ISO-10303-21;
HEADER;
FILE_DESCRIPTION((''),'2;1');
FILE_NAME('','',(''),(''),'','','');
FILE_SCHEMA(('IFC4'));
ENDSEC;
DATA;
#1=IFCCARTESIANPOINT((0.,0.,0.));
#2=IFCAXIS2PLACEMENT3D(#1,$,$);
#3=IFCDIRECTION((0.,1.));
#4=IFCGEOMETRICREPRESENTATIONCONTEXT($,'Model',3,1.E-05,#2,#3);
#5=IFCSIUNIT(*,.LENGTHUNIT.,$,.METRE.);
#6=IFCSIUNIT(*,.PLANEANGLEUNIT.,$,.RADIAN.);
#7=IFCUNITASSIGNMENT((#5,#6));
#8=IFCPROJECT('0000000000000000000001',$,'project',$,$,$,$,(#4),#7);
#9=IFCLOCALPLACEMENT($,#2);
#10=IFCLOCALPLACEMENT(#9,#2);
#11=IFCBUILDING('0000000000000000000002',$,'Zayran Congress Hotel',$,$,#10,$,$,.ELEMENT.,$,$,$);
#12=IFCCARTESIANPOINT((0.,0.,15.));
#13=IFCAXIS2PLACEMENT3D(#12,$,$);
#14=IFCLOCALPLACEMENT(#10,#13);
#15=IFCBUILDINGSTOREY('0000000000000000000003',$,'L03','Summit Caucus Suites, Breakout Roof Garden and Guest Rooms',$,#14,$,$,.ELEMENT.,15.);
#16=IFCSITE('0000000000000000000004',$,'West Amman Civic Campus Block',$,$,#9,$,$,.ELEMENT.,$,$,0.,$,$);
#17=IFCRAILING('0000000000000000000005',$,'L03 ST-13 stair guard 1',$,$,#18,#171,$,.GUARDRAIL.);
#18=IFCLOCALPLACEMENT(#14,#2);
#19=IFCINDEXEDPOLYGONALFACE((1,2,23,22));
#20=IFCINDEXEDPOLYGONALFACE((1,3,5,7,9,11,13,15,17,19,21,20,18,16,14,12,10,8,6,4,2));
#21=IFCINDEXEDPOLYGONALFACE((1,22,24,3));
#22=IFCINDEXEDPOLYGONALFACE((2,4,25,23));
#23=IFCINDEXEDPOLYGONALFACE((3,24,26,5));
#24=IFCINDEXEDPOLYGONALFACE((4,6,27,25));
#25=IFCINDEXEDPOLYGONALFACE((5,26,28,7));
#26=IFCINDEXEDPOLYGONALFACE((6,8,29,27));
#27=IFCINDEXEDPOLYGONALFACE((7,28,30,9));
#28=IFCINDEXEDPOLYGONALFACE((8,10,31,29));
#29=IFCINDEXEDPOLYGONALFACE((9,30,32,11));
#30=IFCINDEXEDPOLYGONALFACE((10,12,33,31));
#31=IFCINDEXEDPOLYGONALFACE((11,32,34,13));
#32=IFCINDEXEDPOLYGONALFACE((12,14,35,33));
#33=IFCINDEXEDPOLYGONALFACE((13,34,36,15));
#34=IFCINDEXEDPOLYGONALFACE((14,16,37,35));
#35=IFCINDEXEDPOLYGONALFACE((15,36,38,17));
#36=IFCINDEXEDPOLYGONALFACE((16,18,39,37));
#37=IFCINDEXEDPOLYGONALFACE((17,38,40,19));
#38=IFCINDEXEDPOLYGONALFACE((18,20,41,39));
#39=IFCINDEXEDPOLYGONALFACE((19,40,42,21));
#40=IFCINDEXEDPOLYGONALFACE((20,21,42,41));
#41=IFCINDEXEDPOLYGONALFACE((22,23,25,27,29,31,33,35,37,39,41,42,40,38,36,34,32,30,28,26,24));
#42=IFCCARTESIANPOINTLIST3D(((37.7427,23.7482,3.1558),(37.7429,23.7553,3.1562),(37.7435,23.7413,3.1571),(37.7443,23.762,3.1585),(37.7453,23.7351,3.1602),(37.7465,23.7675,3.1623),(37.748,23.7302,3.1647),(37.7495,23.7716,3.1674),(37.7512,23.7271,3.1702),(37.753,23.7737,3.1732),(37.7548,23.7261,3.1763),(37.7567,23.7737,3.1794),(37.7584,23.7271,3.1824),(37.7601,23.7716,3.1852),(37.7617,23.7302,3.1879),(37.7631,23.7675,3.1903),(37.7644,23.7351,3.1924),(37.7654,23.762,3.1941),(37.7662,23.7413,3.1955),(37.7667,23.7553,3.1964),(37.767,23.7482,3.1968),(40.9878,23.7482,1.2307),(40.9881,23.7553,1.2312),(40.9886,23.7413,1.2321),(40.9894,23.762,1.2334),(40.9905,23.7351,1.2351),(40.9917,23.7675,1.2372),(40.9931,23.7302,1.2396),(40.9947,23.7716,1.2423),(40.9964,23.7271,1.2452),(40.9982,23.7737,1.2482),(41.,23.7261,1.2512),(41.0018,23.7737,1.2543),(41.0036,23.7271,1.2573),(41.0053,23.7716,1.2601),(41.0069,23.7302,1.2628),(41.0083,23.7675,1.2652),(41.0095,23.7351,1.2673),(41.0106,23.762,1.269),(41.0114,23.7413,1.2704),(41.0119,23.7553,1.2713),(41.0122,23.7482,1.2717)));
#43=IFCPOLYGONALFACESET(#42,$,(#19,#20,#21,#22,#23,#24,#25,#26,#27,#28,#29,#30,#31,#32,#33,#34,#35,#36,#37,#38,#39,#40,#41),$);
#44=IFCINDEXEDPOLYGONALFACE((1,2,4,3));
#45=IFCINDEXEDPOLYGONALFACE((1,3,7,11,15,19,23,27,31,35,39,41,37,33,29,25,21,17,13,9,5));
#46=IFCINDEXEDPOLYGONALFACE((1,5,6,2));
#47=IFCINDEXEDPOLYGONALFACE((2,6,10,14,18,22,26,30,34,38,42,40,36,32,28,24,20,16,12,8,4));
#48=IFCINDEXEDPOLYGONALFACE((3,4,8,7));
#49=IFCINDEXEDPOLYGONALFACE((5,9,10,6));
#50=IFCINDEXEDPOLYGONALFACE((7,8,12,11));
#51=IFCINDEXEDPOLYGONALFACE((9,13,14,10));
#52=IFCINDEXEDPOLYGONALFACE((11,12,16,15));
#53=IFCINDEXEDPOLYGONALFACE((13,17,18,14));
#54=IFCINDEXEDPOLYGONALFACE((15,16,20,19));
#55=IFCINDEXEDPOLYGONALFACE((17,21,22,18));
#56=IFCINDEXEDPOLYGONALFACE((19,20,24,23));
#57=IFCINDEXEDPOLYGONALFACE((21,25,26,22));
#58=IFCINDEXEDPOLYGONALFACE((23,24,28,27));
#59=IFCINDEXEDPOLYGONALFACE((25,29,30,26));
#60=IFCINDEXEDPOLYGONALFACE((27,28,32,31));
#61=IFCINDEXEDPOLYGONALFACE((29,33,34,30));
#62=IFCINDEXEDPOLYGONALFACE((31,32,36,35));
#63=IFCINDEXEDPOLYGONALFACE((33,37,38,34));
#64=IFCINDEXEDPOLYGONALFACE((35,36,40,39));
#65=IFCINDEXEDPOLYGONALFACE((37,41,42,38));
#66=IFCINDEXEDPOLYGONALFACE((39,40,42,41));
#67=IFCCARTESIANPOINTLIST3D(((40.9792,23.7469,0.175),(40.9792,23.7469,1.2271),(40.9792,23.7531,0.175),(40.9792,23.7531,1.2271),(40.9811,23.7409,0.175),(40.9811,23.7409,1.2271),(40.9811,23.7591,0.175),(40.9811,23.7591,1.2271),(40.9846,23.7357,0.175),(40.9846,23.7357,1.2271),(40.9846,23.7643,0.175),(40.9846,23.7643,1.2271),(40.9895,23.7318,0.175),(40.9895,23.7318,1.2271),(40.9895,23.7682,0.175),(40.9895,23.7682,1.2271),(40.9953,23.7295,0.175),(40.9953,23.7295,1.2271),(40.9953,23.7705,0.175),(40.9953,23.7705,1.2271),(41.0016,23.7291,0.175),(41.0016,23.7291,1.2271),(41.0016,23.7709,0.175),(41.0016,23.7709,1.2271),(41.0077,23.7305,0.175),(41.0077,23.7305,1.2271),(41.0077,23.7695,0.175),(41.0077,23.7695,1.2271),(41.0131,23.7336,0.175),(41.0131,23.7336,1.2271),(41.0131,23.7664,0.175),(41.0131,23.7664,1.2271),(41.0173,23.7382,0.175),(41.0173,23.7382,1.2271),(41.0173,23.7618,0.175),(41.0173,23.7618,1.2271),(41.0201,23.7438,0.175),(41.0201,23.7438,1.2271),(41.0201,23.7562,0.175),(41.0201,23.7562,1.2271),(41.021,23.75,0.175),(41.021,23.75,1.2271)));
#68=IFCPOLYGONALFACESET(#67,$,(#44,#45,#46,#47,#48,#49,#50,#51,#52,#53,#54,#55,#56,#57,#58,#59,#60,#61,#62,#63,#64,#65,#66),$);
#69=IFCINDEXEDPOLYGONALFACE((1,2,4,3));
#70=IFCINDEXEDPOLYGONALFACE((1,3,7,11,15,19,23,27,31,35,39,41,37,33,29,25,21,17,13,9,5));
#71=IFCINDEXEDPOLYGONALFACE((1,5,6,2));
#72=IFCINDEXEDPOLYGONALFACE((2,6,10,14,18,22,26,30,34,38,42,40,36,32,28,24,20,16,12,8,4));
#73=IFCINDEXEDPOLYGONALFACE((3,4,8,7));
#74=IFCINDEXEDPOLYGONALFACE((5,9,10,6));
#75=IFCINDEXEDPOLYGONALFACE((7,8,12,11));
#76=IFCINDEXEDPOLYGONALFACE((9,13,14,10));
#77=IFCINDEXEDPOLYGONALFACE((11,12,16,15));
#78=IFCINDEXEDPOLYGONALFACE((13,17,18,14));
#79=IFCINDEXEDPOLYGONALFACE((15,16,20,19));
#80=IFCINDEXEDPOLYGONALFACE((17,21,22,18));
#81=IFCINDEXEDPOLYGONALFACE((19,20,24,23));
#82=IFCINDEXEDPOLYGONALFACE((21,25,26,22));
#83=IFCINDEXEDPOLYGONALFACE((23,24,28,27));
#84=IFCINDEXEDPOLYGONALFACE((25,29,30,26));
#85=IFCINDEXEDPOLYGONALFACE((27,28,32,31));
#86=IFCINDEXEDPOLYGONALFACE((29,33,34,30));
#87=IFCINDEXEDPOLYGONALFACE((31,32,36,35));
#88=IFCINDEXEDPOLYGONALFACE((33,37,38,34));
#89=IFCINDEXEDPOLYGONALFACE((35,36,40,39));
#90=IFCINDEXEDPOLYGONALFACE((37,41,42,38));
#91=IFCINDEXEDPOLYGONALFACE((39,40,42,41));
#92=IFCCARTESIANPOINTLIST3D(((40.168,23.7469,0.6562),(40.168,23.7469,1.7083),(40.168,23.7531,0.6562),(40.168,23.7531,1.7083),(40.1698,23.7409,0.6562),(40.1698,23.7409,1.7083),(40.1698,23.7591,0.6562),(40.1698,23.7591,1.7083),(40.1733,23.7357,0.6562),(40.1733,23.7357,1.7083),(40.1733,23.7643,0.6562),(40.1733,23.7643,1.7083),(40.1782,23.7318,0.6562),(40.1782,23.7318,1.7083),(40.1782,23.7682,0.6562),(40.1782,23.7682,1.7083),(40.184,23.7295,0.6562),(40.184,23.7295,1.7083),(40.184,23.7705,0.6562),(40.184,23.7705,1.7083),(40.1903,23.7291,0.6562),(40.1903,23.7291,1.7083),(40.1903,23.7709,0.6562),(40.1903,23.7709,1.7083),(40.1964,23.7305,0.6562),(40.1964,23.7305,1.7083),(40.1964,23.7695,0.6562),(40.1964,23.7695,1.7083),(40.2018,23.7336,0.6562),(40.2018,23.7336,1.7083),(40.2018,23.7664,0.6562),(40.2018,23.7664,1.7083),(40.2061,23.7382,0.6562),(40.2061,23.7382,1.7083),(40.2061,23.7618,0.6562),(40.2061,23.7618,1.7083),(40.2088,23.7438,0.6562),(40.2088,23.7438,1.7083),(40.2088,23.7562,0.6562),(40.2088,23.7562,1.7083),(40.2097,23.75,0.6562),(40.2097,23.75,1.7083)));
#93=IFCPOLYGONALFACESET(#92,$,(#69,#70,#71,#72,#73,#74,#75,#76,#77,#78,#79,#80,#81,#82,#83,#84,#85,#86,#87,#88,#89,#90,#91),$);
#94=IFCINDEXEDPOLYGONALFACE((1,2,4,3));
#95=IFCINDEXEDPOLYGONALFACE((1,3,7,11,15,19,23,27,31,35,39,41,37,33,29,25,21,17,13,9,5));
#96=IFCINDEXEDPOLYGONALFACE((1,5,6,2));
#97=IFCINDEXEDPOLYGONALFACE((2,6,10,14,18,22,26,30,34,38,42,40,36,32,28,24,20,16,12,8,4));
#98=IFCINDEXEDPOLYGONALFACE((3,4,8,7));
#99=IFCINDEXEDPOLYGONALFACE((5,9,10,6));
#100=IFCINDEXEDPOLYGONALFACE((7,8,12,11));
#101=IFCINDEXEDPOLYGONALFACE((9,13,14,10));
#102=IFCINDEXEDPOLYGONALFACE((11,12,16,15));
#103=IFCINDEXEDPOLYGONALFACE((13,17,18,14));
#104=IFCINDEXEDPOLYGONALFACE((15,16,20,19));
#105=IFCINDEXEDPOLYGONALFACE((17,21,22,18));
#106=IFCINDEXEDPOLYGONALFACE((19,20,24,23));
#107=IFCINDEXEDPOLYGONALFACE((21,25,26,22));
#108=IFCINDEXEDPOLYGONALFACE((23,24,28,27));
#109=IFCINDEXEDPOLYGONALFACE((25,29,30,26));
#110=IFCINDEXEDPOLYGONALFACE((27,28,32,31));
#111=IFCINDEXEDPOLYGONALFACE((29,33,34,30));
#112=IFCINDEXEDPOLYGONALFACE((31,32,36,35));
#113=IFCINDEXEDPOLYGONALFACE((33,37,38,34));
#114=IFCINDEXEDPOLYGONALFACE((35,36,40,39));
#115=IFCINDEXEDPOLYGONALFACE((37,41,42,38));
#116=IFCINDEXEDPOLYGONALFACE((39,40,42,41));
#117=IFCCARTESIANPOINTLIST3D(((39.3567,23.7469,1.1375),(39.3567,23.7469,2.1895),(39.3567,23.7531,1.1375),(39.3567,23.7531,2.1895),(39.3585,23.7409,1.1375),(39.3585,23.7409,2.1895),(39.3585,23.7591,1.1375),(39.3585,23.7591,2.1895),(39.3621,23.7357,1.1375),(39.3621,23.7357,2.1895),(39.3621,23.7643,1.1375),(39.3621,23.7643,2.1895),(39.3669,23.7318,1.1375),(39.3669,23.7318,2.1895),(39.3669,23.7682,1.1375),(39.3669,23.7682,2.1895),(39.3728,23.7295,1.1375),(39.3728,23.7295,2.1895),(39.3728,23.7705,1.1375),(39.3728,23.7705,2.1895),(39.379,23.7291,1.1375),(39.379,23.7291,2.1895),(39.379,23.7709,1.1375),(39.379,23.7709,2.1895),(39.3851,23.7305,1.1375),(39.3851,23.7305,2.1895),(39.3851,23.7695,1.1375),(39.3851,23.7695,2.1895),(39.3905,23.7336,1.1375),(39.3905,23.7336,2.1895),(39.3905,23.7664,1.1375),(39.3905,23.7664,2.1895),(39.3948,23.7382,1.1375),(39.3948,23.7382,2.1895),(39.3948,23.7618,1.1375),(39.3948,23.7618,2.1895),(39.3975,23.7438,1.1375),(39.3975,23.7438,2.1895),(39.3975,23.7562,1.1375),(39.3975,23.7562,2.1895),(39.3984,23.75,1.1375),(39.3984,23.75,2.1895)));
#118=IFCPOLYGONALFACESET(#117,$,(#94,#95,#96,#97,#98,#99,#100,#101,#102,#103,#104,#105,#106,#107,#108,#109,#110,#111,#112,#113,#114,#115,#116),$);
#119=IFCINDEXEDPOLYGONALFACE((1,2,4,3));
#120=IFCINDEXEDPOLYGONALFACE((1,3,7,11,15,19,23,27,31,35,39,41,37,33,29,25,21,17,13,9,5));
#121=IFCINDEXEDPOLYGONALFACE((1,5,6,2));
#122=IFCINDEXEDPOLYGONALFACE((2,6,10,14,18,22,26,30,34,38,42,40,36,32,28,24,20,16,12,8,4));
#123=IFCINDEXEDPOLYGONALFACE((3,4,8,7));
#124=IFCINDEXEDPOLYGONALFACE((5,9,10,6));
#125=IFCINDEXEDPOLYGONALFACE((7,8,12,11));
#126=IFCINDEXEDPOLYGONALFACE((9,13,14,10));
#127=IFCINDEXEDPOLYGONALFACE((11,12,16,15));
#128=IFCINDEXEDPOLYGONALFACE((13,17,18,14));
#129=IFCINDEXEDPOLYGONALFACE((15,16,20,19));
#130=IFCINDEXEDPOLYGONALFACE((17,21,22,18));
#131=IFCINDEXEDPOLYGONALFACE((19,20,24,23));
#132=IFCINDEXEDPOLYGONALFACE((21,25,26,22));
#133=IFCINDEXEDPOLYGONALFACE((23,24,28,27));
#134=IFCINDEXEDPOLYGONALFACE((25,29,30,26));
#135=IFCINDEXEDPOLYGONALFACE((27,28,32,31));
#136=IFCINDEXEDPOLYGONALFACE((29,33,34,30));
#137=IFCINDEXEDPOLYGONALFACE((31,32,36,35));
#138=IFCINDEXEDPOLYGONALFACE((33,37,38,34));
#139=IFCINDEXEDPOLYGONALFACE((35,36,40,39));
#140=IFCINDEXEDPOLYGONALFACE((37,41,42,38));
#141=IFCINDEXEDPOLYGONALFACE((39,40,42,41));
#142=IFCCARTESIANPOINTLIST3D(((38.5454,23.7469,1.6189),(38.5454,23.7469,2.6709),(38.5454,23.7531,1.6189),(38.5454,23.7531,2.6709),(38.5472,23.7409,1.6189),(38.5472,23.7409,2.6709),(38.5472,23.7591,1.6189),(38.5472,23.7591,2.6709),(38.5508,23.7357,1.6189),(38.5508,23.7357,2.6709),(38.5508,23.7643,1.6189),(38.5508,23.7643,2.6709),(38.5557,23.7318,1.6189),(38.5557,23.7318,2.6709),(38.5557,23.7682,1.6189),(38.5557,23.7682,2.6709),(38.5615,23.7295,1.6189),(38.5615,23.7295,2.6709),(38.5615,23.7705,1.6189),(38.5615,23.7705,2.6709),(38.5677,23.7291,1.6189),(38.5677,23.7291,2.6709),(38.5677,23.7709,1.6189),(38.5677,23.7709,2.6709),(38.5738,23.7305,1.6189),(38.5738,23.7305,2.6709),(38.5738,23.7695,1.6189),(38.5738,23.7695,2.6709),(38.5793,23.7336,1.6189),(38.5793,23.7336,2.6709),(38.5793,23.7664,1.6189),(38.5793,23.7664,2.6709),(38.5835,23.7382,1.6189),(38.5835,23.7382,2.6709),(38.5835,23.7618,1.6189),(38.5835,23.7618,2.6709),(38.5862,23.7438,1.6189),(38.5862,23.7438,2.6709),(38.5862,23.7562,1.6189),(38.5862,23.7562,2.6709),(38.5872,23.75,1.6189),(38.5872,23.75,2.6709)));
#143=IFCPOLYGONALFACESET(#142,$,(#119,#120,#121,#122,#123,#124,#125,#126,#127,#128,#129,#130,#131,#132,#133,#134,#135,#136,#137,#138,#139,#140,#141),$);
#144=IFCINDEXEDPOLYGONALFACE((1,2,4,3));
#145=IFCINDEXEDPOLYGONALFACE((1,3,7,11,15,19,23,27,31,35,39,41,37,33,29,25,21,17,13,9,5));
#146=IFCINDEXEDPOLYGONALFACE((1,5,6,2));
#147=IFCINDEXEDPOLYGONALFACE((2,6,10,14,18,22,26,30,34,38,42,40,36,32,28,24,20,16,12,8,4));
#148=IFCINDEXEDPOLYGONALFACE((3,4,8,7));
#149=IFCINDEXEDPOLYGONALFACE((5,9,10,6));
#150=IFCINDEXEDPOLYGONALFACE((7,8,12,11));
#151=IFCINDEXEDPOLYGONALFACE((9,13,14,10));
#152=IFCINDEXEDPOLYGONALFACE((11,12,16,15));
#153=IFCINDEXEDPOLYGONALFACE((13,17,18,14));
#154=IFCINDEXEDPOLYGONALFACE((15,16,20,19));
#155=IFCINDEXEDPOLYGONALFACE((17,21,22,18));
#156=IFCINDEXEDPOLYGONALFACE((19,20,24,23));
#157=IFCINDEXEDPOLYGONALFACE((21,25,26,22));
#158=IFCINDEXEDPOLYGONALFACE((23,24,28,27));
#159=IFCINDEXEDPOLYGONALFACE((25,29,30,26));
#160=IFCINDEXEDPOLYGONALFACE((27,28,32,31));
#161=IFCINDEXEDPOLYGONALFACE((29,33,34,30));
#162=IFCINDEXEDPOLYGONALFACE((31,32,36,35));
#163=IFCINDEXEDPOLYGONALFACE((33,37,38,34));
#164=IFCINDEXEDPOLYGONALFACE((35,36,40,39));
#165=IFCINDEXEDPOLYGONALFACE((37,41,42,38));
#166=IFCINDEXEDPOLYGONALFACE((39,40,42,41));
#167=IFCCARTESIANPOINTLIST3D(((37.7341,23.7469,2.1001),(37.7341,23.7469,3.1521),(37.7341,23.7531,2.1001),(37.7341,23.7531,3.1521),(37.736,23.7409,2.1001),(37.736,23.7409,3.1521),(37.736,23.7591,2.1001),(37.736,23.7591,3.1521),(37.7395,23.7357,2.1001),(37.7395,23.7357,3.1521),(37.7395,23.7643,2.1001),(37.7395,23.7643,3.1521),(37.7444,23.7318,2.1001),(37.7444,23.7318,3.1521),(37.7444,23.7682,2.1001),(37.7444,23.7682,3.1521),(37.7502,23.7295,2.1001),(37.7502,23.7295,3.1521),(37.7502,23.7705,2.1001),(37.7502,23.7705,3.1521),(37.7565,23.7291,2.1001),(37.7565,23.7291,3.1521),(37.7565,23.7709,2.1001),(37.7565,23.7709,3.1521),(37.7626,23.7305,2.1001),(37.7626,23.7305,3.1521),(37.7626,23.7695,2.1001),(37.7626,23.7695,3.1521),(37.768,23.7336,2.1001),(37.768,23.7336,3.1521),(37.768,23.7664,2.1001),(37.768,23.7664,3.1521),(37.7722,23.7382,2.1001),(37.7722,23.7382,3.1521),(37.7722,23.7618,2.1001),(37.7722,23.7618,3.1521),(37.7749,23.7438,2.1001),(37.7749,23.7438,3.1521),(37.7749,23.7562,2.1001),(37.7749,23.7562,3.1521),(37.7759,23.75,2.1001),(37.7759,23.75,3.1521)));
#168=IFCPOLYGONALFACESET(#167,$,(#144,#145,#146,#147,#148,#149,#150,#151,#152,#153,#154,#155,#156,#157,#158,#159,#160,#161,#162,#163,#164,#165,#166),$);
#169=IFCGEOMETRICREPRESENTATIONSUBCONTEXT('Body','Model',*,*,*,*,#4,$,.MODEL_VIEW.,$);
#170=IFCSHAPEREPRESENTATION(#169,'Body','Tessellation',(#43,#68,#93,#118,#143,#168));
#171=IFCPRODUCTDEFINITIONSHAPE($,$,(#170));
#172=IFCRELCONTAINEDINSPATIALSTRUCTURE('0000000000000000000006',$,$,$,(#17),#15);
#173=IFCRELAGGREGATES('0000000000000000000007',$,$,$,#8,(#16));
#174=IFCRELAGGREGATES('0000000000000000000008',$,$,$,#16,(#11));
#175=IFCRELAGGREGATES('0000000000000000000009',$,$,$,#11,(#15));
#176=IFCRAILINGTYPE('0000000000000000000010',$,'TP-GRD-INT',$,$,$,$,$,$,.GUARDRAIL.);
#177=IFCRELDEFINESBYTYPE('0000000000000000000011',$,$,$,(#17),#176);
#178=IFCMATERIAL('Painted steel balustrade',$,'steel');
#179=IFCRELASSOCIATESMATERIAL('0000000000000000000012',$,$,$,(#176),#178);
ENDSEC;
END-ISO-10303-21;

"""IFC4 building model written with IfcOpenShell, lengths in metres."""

from ifc_helpers import new_model, si_unit, direction, frame, origin, origin_2d, place, context, subcontext, project, spatial, circle, extrude, material, type_object, element, save


model = new_model("IFC4")

# Units and contexts
model_context = context("Model", 3, precision=1e-05, world=origin(), true_north=direction((0.0, 1.0)))
body_context = subcontext(model_context, "Body", "Model", "MODEL_VIEW")
ifc_project = project(units=[si_unit("LENGTHUNIT", "METRE"), si_unit("PLANEANGLEUNIT", "RADIAN")], contexts=[model_context])

# Site, building, storey
site_placement = place(None, origin())
site = spatial("IfcSite", under=ifc_project, at=site_placement, Name="West Amman Civic Campus Block", CompositionType="ELEMENT", RefElevation=0.0)
building_placement = place(site_placement, origin())
building = spatial("IfcBuilding", under=site, at=building_placement, Name="Zayran Congress Hotel", CompositionType="ELEMENT")
storey_placement = place(building_placement, frame((0.0, 0.0, 15.0)))
storey = spatial("IfcBuildingStorey", under=building, at=storey_placement, Name="L03", Description="Summit Caucus Suites, Breakout Roof Garden and Guest Rooms", CompositionType="ELEMENT", Elevation=15.0)

# Railing
ifc_material_1 = material(Name="Painted steel balustrade", Category="steel")
railing_type_1 = type_object("IfcRailingType", Name="TP-GRD-INT", PredefinedType="GUARDRAIL", material=ifc_material_1)
for number, where, name in (
    (1, (41.0, 23.75, 0.175), "L03 ST-13 stair guard 1"),
):
    element("IfcRailing", number, at=place(storey_placement, frame(where)), inside=storey, type_object=railing_type_1, Name=name, PredefinedType="GUARDRAIL", context=body_context, shape_type="SweptSolid", body=[
        extrude(circle(Radius=0.0239, at=origin_2d()), frame((0.0, 0.0, 1.0762), z_axis=(-0.860057, 0.0, 0.510198), x_axis=(0.0, -1.0, 0.0)), (0.0, 0.0, 1.0), 3.7732),
        extrude(circle(Radius=0.021, at=origin_2d()), origin(), (0.0, 0.0, 1.0), 1.052),
        extrude(circle(Radius=0.021, at=origin_2d()), frame((-0.8113, 0.0, 0.4812)), (0.0, 0.0, 1.0), 1.052),
        extrude(circle(Radius=0.021, at=origin_2d()), frame((-1.6226, 0.0, 0.9624)), (0.0, 0.0, 1.0), 1.052),
        extrude(circle(Radius=0.021, at=origin_2d()), frame((-2.4338, 0.0, 1.4438)), (0.0, 0.0, 1.0), 1.052),
        extrude(circle(Radius=0.021, at=origin_2d()), frame((-3.2451, 0.0, 1.925)), (0.0, 0.0, 1.0), 1.052),
    ])

save(model, "model.ifc")
